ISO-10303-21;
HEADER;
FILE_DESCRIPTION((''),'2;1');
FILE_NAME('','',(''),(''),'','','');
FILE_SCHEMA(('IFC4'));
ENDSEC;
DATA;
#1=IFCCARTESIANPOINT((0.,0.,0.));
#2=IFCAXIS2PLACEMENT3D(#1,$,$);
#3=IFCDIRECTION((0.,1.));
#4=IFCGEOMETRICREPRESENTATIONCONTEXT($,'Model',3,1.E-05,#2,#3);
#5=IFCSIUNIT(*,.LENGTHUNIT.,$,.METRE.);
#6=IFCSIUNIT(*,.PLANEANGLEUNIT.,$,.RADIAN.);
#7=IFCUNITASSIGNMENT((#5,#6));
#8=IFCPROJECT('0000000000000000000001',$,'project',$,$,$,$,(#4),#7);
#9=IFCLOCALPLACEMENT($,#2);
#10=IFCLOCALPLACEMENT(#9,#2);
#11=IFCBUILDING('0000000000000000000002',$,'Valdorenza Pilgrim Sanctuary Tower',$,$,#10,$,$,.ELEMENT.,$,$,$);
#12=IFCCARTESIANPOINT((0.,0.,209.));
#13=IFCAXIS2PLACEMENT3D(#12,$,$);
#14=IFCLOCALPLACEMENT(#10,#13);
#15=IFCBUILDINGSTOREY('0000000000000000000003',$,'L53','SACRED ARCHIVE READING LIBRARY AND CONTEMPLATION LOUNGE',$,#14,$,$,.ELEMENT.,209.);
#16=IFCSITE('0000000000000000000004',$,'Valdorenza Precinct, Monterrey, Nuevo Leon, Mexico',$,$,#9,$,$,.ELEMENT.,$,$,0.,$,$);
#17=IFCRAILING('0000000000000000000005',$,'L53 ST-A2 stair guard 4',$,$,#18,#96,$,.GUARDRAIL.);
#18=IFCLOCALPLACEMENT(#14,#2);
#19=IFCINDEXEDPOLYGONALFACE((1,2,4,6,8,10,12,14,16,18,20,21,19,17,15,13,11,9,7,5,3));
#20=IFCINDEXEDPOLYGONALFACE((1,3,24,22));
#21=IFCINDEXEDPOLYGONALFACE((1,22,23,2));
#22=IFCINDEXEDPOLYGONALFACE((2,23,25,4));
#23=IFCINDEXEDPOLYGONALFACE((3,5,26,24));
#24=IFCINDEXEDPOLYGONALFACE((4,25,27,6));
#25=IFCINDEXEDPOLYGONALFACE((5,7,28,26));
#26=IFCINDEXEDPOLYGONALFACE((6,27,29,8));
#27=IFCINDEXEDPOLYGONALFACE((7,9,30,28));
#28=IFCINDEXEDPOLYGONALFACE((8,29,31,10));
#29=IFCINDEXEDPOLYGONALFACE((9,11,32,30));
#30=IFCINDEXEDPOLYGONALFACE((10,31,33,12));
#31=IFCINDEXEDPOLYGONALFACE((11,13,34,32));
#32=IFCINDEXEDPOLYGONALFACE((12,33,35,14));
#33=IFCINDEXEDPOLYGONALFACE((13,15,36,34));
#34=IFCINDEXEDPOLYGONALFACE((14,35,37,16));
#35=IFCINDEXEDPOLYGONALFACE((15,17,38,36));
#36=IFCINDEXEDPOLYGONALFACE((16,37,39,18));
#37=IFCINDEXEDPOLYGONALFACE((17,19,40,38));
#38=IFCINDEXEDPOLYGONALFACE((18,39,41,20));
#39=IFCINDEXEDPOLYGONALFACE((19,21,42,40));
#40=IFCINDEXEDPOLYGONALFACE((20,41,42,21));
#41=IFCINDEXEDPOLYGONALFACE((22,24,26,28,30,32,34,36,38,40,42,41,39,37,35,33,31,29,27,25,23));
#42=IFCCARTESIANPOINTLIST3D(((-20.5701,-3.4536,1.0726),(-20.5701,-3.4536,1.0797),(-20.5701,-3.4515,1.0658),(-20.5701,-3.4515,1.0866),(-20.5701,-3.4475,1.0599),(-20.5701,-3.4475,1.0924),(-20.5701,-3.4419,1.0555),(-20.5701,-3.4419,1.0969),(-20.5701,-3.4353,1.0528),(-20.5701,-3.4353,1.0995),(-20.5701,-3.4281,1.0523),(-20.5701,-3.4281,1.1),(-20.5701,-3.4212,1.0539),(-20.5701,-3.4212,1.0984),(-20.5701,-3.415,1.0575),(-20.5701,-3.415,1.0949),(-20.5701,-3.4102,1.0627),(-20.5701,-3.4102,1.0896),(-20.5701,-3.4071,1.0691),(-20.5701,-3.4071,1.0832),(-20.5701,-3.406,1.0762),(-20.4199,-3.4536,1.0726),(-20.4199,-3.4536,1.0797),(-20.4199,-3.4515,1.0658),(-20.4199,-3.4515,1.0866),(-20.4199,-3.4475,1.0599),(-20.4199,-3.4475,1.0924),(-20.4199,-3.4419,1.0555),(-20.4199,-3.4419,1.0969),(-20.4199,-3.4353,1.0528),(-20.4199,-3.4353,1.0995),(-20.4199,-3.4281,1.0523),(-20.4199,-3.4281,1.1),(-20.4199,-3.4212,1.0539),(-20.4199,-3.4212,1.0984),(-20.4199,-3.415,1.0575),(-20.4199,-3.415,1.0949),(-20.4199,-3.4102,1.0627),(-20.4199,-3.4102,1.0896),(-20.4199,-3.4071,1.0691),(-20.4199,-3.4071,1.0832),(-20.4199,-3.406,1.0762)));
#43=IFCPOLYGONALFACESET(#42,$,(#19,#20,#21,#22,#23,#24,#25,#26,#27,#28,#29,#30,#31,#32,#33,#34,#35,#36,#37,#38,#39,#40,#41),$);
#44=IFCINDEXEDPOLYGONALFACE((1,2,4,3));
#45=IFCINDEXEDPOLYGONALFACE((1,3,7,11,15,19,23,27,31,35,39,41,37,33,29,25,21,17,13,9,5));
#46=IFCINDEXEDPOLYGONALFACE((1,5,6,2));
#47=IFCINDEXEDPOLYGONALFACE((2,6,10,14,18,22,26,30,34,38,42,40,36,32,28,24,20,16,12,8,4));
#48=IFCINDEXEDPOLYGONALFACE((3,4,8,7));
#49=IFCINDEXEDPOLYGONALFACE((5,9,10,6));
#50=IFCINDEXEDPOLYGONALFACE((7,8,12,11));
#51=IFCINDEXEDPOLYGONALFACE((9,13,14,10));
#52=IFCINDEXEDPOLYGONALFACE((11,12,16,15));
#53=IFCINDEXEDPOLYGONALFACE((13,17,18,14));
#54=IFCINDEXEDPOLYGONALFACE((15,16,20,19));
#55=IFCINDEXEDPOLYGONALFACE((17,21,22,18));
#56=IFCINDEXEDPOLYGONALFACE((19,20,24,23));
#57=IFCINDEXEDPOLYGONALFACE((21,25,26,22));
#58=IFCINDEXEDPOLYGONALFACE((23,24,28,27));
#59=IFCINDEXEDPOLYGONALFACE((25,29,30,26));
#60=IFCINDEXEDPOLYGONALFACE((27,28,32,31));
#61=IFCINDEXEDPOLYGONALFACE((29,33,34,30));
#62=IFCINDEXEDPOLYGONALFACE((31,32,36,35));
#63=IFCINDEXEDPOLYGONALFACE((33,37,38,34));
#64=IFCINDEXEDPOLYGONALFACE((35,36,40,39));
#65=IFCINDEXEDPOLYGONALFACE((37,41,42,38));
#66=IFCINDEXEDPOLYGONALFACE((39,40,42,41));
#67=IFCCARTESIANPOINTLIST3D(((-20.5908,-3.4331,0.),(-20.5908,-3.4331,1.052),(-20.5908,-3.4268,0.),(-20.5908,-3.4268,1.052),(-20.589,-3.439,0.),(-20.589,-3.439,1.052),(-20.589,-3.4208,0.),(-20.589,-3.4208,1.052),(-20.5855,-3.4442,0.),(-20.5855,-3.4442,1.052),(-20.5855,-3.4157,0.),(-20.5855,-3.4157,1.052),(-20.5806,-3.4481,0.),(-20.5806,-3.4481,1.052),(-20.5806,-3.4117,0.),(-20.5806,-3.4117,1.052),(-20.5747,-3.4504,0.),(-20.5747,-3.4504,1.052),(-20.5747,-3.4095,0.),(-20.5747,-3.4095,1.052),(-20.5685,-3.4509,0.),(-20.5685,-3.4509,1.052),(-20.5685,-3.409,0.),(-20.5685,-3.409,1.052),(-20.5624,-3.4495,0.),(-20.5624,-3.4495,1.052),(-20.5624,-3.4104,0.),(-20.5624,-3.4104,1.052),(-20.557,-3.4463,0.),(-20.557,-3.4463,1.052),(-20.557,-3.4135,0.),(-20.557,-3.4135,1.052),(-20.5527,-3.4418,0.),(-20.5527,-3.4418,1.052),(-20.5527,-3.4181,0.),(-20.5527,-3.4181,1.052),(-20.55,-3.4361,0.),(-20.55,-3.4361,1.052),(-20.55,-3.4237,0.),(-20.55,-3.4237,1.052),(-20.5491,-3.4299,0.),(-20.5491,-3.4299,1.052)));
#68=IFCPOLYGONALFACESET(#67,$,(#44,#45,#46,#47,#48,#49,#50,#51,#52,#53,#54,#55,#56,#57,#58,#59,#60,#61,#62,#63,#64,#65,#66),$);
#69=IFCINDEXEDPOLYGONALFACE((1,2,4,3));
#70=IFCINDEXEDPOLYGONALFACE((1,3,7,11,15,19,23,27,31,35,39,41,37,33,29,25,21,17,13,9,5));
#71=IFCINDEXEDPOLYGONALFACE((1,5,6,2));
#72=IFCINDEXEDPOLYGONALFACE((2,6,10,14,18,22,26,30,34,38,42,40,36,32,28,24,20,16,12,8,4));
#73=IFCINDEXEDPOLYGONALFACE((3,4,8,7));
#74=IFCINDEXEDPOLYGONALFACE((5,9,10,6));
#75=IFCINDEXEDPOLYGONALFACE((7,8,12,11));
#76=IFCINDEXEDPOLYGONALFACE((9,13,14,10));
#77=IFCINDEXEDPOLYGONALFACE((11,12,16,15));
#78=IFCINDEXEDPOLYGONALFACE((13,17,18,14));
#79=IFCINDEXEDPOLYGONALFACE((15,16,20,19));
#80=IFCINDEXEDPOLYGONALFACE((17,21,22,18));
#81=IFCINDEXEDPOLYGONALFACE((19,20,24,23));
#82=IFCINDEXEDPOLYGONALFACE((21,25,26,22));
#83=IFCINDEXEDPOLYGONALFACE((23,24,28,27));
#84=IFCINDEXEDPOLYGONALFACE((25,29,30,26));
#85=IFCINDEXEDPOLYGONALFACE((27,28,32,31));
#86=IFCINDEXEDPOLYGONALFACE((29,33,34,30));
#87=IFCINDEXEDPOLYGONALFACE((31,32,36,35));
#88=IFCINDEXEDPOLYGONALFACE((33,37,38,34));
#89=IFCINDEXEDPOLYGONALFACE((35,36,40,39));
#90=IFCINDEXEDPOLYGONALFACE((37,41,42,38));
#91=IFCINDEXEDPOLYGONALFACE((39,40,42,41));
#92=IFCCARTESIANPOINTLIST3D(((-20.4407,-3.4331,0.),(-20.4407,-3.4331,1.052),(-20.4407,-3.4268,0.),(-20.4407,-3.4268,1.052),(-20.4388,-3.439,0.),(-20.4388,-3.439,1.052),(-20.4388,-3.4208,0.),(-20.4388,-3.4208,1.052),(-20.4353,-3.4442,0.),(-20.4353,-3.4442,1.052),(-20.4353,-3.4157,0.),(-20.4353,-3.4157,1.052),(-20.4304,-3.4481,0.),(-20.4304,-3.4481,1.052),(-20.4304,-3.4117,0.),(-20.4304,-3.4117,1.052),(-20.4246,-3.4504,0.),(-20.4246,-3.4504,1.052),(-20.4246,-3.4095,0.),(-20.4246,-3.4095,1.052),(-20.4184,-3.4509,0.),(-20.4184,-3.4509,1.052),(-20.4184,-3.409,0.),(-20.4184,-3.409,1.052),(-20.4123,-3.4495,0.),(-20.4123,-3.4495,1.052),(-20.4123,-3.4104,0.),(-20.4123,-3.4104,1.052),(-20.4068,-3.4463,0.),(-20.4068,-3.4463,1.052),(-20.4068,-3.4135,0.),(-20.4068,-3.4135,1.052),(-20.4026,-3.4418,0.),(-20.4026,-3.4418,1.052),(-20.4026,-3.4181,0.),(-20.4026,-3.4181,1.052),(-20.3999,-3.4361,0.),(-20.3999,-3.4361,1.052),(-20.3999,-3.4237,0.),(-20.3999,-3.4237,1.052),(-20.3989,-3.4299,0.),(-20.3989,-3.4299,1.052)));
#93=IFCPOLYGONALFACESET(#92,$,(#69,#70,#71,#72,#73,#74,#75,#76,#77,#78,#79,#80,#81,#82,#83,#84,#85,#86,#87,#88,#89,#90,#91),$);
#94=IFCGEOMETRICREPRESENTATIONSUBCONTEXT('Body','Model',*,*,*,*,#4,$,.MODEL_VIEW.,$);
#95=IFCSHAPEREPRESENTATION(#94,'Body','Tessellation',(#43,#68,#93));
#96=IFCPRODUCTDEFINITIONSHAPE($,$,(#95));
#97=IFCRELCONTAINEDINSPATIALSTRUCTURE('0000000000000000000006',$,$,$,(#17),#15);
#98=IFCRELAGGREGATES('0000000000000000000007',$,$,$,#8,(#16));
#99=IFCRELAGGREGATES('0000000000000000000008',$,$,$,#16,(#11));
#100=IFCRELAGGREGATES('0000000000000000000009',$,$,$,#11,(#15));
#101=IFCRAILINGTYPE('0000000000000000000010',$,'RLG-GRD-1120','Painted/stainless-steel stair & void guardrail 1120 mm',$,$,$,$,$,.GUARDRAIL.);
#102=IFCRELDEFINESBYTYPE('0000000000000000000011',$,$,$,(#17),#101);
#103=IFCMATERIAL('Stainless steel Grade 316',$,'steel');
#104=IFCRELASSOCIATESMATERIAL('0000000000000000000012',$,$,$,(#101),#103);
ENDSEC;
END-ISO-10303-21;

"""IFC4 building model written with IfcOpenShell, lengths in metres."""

from ifc_helpers import new_model, si_unit, direction, frame, origin, origin_2d, place, context, subcontext, project, spatial, circle, extrude, material, type_object, element, save


model = new_model("IFC4")

# Units and contexts
model_context = context("Model", 3, precision=1e-05, world=origin(), true_north=direction((0.0, 1.0)))
body_context = subcontext(model_context, "Body", "Model", "MODEL_VIEW")
ifc_project = project(units=[si_unit("LENGTHUNIT", "METRE"), si_unit("PLANEANGLEUNIT", "RADIAN")], contexts=[model_context])

# Site, building, storey
site_placement = place(None, origin())
site = spatial("IfcSite", under=ifc_project, at=site_placement, Name="Valdorenza Precinct, Monterrey, Nuevo Leon, Mexico", CompositionType="ELEMENT", RefElevation=0.0)
building_placement = place(site_placement, origin())
building = spatial("IfcBuilding", under=site, at=building_placement, Name="Valdorenza Pilgrim Sanctuary Tower", CompositionType="ELEMENT")
storey_placement = place(building_placement, frame((0.0, 0.0, 209.0)))
storey = spatial("IfcBuildingStorey", under=building, at=storey_placement, Name="L53", Description="SACRED ARCHIVE READING LIBRARY AND CONTEMPLATION LOUNGE", CompositionType="ELEMENT", Elevation=209.0)

# Railing
ifc_material_1 = material(Name="Stainless steel Grade 316", Category="steel")
railing_type_1 = type_object("IfcRailingType", Name="RLG-GRD-1120", Description="Painted/stainless-steel stair & void guardrail 1120 mm", PredefinedType="GUARDRAIL", material=ifc_material_1)
railing_1_placement = place(storey_placement, frame((-20.5701, -3.4299, 0.0)))
element("IfcRailing", 1, at=railing_1_placement, inside=storey, type_object=railing_type_1, Name="L53 ST-A2 stair guard 4", PredefinedType="GUARDRAIL", context=body_context, shape_type="SweptSolid", body=[
    extrude(circle(Radius=0.0239, at=origin_2d()), frame((0.0, 0.0, 1.0762), z_axis=(1.0, 0.0, 0.0), x_axis=(0.0, 1.0, 0.0)), (0.0, 0.0, 1.0), 0.1501),
    extrude(circle(Radius=0.021, at=origin_2d()), origin(), (0.0, 0.0, 1.0), 1.052),
    extrude(circle(Radius=0.021, at=origin_2d()), frame((0.1501, 0.0, 0.0)), (0.0, 0.0, 1.0), 1.052),
])

save(model, "model.ifc")
